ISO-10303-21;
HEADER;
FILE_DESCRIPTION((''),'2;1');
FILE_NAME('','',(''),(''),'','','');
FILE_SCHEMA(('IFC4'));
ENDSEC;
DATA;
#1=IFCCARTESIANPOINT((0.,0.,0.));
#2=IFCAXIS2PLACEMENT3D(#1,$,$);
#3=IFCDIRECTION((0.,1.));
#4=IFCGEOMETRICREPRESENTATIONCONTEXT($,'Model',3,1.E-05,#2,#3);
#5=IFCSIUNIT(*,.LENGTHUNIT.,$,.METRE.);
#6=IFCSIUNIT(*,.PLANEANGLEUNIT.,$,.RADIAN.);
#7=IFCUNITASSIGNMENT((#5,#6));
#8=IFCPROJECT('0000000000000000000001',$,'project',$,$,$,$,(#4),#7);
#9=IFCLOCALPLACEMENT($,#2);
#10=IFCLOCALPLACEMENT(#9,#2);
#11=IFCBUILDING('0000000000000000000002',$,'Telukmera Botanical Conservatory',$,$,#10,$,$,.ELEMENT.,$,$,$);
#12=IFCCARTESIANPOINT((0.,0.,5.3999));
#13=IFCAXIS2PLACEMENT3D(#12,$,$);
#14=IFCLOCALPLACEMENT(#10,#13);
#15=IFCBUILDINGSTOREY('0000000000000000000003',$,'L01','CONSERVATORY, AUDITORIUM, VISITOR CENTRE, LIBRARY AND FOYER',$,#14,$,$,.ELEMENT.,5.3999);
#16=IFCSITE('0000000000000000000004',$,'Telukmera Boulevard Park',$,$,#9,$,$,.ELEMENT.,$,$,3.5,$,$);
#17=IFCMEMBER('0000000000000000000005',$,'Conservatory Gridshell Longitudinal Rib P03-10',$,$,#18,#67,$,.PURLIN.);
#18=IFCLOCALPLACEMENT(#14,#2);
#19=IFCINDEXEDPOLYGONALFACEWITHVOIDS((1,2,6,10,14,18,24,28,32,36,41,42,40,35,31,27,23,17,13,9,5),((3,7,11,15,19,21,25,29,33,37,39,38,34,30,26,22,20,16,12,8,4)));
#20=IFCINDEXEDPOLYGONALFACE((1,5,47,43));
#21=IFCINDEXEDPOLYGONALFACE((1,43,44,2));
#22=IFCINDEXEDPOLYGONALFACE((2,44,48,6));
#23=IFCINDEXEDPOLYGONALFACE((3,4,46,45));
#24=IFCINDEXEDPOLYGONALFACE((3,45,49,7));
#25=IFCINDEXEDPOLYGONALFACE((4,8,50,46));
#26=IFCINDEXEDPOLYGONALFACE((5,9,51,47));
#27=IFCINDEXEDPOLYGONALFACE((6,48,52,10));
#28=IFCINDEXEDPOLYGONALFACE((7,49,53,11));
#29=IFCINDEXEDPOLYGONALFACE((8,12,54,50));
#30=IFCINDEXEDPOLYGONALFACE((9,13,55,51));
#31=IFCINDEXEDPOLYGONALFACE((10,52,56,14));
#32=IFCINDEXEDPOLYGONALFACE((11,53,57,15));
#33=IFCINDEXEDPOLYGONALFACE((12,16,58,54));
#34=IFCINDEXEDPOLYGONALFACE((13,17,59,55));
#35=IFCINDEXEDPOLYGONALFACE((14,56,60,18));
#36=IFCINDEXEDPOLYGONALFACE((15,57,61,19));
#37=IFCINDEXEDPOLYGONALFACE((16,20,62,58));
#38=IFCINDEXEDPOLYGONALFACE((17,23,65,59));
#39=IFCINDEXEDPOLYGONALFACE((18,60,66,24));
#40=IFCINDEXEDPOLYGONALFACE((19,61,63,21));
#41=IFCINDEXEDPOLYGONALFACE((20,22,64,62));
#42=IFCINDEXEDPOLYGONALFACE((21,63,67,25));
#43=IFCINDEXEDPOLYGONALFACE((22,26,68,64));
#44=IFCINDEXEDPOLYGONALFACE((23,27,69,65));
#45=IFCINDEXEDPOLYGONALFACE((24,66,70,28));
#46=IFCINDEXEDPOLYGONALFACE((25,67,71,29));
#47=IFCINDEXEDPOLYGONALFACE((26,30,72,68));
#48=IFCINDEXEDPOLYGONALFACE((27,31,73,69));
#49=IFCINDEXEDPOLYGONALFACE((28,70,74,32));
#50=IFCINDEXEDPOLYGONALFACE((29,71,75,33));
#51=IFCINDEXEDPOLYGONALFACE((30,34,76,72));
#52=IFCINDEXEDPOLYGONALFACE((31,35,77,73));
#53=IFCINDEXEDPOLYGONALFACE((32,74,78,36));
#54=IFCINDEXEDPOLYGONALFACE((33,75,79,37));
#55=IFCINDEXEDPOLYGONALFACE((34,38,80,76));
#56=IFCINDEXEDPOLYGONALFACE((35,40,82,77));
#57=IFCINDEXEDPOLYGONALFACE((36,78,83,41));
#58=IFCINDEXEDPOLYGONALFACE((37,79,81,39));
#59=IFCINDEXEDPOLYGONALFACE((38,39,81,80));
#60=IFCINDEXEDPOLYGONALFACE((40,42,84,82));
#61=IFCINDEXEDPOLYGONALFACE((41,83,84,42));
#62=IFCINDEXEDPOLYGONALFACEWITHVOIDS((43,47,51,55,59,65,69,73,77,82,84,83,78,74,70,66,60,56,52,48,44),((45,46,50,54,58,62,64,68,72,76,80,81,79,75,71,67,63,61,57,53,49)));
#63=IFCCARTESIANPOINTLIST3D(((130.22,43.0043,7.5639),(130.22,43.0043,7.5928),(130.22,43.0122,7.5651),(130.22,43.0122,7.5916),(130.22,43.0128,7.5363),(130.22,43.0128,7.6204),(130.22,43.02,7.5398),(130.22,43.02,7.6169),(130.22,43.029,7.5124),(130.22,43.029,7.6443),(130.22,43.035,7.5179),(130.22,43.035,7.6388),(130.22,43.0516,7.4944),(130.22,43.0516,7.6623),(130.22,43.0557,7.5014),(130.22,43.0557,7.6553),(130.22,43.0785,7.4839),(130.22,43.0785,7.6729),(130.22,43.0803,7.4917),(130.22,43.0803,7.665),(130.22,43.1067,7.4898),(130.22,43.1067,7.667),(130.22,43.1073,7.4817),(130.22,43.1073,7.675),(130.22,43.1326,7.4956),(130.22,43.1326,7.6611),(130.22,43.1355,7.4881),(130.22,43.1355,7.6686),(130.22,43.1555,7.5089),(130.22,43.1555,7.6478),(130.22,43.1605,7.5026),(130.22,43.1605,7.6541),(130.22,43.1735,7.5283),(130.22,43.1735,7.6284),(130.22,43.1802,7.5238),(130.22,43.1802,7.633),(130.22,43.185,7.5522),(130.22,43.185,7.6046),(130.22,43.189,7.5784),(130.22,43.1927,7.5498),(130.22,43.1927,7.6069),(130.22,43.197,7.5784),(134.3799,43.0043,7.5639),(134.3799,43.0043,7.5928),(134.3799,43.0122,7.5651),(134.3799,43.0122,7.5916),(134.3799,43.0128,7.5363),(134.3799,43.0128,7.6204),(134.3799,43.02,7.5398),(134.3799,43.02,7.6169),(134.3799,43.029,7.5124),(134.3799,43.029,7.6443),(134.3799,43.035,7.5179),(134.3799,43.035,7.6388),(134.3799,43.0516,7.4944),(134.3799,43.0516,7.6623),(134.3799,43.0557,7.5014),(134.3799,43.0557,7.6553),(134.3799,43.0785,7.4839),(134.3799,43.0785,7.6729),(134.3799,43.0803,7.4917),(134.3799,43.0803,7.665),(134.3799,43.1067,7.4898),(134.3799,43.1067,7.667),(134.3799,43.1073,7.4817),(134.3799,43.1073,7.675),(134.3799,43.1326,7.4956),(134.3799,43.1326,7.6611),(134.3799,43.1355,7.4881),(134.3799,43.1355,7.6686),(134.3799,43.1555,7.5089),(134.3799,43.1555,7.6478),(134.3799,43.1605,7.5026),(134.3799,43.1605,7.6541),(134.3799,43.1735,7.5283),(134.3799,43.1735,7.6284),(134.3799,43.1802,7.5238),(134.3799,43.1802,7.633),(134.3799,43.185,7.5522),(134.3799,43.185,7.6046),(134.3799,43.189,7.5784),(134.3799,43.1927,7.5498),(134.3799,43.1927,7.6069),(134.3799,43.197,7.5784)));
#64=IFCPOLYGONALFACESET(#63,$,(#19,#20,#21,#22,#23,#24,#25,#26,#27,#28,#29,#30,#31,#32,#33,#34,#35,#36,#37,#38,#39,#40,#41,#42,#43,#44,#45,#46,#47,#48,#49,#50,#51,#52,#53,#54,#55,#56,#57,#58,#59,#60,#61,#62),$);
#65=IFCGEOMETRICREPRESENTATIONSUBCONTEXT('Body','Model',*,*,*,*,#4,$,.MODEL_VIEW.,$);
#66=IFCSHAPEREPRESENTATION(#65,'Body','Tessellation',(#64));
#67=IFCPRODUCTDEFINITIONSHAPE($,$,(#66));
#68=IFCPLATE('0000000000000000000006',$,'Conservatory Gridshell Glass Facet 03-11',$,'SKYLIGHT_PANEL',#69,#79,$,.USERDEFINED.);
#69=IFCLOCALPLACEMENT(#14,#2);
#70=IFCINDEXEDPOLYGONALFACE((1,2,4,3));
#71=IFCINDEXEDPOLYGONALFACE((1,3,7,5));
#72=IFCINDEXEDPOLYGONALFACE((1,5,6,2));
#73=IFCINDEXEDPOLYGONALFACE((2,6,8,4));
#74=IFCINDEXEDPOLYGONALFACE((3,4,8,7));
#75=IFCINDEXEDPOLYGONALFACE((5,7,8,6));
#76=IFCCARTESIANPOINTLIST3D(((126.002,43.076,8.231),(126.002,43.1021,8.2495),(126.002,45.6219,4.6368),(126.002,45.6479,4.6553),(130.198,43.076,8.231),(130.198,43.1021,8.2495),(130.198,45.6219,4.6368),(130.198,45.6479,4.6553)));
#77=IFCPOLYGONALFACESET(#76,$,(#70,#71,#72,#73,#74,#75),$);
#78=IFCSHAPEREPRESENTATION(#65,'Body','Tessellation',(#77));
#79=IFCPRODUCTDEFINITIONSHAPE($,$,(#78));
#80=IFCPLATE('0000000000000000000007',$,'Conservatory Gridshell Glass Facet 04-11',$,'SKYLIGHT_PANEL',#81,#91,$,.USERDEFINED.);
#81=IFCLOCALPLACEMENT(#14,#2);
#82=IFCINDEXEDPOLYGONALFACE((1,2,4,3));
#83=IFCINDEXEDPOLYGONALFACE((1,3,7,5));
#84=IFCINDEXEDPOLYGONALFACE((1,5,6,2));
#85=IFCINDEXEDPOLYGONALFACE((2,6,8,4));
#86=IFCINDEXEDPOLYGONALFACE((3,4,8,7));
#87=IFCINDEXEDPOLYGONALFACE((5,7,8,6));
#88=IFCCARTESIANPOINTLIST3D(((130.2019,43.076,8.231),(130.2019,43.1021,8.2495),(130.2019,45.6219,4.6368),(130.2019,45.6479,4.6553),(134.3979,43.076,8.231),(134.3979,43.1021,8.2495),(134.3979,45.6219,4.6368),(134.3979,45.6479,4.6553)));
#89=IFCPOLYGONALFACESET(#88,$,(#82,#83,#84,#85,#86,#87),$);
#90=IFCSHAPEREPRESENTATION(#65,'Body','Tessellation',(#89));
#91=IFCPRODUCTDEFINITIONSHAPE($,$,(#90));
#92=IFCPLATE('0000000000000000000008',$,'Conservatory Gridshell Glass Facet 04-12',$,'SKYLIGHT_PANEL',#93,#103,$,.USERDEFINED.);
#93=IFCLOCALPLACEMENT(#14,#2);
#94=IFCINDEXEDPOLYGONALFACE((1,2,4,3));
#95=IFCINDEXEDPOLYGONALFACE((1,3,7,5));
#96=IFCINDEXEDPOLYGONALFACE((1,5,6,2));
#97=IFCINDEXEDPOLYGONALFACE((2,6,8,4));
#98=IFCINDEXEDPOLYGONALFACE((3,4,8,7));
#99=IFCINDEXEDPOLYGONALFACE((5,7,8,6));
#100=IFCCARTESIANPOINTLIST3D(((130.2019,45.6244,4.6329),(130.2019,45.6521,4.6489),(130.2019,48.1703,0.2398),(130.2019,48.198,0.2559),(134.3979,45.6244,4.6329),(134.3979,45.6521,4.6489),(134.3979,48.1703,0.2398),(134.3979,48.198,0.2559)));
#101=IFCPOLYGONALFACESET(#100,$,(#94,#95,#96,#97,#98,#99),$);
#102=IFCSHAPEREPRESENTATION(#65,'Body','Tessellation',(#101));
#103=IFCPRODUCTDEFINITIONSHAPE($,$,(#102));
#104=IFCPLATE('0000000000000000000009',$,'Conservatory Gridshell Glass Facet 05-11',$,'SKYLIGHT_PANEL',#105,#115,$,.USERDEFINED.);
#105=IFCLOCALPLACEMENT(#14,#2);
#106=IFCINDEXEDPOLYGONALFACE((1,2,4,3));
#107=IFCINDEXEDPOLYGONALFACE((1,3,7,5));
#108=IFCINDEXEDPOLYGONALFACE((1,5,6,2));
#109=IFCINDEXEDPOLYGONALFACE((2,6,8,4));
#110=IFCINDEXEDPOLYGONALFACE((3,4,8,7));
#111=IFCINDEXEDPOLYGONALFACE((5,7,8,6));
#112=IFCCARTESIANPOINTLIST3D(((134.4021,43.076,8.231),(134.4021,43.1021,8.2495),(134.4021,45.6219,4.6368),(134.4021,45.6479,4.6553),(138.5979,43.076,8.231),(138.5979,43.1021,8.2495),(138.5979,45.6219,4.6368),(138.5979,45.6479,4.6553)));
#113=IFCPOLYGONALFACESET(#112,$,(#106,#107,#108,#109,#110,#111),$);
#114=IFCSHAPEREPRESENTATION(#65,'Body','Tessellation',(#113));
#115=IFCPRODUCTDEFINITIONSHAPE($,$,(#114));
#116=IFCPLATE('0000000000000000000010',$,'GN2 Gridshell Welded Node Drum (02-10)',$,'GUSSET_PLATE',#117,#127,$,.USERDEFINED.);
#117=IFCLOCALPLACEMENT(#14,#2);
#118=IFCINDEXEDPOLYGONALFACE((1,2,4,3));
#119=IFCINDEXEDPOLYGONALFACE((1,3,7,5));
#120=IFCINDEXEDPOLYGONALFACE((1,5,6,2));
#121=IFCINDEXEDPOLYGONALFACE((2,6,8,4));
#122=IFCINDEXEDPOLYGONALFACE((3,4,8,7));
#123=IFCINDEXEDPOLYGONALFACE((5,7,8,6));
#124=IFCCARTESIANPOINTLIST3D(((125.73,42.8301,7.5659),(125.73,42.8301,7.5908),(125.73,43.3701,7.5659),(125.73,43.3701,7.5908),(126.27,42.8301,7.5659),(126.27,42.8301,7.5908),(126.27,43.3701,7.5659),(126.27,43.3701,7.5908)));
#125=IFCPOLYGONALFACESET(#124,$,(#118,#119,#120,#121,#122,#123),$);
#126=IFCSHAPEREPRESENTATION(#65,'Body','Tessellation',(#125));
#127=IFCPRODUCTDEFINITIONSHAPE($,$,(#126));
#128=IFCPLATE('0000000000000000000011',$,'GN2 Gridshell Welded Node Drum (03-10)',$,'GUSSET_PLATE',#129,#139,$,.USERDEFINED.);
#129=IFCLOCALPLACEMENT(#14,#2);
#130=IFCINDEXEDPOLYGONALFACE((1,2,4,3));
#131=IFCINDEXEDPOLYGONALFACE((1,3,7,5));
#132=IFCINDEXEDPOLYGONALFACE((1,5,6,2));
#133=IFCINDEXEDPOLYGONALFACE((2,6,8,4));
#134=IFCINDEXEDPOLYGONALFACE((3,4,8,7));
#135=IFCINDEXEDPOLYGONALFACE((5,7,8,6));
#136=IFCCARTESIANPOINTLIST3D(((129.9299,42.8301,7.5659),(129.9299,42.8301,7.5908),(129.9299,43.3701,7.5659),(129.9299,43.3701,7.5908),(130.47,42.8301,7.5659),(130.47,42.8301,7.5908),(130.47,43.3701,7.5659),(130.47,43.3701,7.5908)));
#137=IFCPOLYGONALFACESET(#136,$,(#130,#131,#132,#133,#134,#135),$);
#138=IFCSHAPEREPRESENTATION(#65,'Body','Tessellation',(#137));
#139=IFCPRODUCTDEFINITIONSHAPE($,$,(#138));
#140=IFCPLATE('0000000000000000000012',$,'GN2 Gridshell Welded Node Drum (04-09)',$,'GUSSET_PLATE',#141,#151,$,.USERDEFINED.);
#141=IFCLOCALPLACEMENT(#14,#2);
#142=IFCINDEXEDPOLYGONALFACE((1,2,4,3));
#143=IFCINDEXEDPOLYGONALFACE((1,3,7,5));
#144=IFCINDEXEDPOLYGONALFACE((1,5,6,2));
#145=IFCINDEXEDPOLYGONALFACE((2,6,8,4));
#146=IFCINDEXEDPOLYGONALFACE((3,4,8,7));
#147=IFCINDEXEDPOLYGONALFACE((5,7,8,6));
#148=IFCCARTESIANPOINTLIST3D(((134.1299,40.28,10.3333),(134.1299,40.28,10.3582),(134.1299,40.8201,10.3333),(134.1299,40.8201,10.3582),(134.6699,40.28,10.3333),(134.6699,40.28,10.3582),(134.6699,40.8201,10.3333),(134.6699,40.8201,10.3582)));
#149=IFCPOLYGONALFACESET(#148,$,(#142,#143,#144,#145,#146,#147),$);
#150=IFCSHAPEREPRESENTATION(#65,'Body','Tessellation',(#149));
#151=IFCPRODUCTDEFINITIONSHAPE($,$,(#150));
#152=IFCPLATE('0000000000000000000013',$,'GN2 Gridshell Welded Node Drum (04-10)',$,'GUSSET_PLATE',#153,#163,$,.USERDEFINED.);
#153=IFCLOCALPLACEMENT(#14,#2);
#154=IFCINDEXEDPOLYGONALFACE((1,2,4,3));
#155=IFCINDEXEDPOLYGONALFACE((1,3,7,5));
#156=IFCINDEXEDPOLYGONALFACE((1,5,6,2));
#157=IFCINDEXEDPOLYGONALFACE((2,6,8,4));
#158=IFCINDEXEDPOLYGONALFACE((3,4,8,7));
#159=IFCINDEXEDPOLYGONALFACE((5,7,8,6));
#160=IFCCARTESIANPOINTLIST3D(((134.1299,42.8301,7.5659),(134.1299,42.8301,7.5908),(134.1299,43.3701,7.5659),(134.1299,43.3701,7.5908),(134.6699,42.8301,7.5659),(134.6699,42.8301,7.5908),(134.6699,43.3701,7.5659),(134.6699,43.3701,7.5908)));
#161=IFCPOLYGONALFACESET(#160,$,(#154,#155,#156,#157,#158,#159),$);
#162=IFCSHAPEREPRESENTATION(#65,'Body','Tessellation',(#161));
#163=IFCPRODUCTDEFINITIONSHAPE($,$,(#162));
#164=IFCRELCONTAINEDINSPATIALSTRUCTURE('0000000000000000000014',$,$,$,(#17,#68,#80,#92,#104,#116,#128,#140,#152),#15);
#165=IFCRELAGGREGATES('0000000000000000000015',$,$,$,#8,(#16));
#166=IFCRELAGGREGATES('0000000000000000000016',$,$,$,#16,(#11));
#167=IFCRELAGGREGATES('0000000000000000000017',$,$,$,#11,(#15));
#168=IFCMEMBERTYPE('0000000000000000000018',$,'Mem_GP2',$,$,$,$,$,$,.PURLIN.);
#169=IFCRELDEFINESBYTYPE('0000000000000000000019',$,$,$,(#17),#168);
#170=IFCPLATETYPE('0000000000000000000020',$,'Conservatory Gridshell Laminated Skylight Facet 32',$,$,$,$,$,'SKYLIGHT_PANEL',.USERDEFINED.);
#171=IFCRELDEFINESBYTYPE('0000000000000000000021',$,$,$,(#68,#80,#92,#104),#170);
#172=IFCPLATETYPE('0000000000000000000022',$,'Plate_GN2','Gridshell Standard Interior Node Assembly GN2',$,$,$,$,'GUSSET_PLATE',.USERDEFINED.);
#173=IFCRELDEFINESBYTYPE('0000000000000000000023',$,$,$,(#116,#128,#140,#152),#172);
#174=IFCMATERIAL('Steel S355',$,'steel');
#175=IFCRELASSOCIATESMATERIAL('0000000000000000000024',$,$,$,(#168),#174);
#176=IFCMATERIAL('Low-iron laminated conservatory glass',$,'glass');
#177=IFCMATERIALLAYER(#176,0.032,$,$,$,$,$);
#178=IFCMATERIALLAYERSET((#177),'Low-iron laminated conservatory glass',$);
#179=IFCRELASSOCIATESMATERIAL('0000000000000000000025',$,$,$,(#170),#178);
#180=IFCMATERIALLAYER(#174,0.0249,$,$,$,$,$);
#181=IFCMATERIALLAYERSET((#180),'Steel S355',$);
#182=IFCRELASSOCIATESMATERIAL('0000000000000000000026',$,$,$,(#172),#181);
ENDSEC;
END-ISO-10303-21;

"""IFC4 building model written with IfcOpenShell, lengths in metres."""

from ifc_helpers import new_model, si_unit, direction, frame, origin, origin_2d, place, context, subcontext, project, spatial, polyline, rectangle, hollow_circle, outline, extrude, material, layer, layer_set, material_profile, profile_set, type_object, element, save


model = new_model("IFC4")

# Units and contexts
model_context = context("Model", 3, precision=1e-05, world=origin(), true_north=direction((0.0, 1.0)))
body_context = subcontext(model_context, "Body", "Model", "MODEL_VIEW")
ifc_project = project(units=[si_unit("LENGTHUNIT", "METRE"), si_unit("PLANEANGLEUNIT", "RADIAN")], contexts=[model_context])

# Site, building, storey
site_placement = place(None, origin())
site = spatial("IfcSite", under=ifc_project, at=site_placement, Name="Telukmera Boulevard Park", CompositionType="ELEMENT", RefElevation=3.5)
building_placement = place(site_placement, origin())
building = spatial("IfcBuilding", under=site, at=building_placement, Name="Telukmera Botanical Conservatory", CompositionType="ELEMENT")
storey_placement = place(building_placement, frame((0.0, 0.0, 5.3999)))
storey = spatial("IfcBuildingStorey", under=building, at=storey_placement, Name="L01", Description="CONSERVATORY, AUDITORIUM, VISITOR CENTRE, LIBRARY AND FOYER", CompositionType="ELEMENT", Elevation=5.3999)

# Shared definitions
ifc_material_1 = material(Name="Steel S355", Category="steel")

# Member
ifc_material_profile_1 = material_profile(ifc_material_1, hollow_circle(Radius=0.0969, WallThickness=0.0081, at=origin_2d()), Name="CHS 193.7x8.0")
ifc_profile_set_1 = profile_set([ifc_material_profile_1], Name="Steel S355")
member_type_1 = type_object("IfcMemberType", Name="Mem_GP2", PredefinedType="PURLIN", material=ifc_profile_set_1)
for number, where, z_axis, x_axis, name in (
    (1, (130.22, 43.1001, 7.5784), (1.0, 0.0, 0.0), (0.0, 1.0, 0.0), "Conservatory Gridshell Longitudinal Rib P03-10"),
):
    element("IfcMember", number, at=place(storey_placement, frame(where, z_axis=z_axis, x_axis=x_axis)), inside=storey, type_object=member_type_1, Name=name, PredefinedType="PURLIN", context=body_context, shape_type="SweptSolid", body=[
        extrude(hollow_circle(Radius=0.0969, WallThickness=0.0081, at=origin_2d()), origin(), (0.0, 0.0, 1.0), 4.1599),
    ])

# Plates
ifc_material_2 = material(Name="Low-iron laminated conservatory glass", Category="glass")
ifc_layer_1 = layer(ifc_material_2, 0.032)
ifc_layer_set_1 = layer_set([ifc_layer_1], Name="Low-iron laminated conservatory glass")
plate_type_1 = type_object("IfcPlateType", Name="Conservatory Gridshell Laminated Skylight Facet 32", ElementType="SKYLIGHT_PANEL", PredefinedType="USERDEFINED", material=ifc_layer_set_1)
for number, where, z_axis, x_axis, name in (
    (2, (126.002, 43.1021, 8.2495), (0.0, 0.816027, 0.578014), (1.0, 0.0, 0.0), "Conservatory Gridshell Glass Facet 03-11"),
    (3, (130.2019, 43.1021, 8.2495), (0.0, 0.816027, 0.578014), (1.0, 0.0, 0.0), "Conservatory Gridshell Glass Facet 04-11"),
):
    element("IfcPlate", number, at=place(storey_placement, frame(where, z_axis=z_axis, x_axis=x_axis)), inside=storey, type_object=plate_type_1, Name=name, ObjectType="SKYLIGHT_PANEL", PredefinedType="USERDEFINED", context=body_context, shape_type="SweptSolid", body=[
        extrude(outline(polyline([(0.0, 0.0), (4.196, 0.0), (4.196, 4.4046), (0.0, 4.4046), (0.0, 0.0)])), origin(), (0.0, 0.0, -1.0), 0.032),
    ])
plate_1_placement = place(storey_placement, frame((130.2019, 45.6521, 4.6489), z_axis=(0.0, 0.865209, 0.501412), x_axis=(1.0, 0.0, 0.0)))
element("IfcPlate", 4, at=plate_1_placement, inside=storey, type_object=plate_type_1, Name="Conservatory Gridshell Glass Facet 04-12", ObjectType="SKYLIGHT_PANEL", PredefinedType="USERDEFINED", context=body_context, shape_type="SweptSolid", body=[
    extrude(outline(polyline([(0.0, 0.0), (4.196, 0.0), (4.196, 5.0775), (0.0, 5.0775), (0.0, 0.0)])), origin(), (0.0, 0.0, -1.0), 0.032),
])
plate_2_placement = place(storey_placement, frame((134.4021, 43.1021, 8.2495), z_axis=(0.0, 0.816027, 0.578014), x_axis=(1.0, 0.0, 0.0)))
element("IfcPlate", 5, at=plate_2_placement, inside=storey, type_object=plate_type_1, Name="Conservatory Gridshell Glass Facet 05-11", ObjectType="SKYLIGHT_PANEL", PredefinedType="USERDEFINED", context=body_context, shape_type="SweptSolid", body=[
    extrude(outline(polyline([(0.0, 0.0), (4.1958, 0.0), (4.1958, 4.4046), (0.0, 4.4046), (0.0, 0.0)])), origin(), (0.0, 0.0, -1.0), 0.032),
])
ifc_layer_2 = layer(ifc_material_1, 0.0249)
ifc_layer_set_2 = layer_set([ifc_layer_2], Name="Steel S355")
plate_type_2 = type_object("IfcPlateType", Name="Plate_GN2", Description="Gridshell Standard Interior Node Assembly GN2", ElementType="GUSSET_PLATE", PredefinedType="USERDEFINED", material=ifc_layer_set_2)
for number, where, z_axis, x_axis, name in (
    (6, (126.0, 43.1001, 7.5659), (0.0, 0.0, 1.0), (1.0, 0.0, 0.0), "GN2 Gridshell Welded Node Drum (02-10)"),
    (7, (130.2, 43.1001, 7.5659), (0.0, 0.0, 1.0), (1.0, 0.0, 0.0), "GN2 Gridshell Welded Node Drum (03-10)"),
    (8, (134.3999, 40.55, 10.3333), (0.0, 0.0, 1.0), (1.0, 0.0, 0.0), "GN2 Gridshell Welded Node Drum (04-09)"),
    (9, (134.3999, 43.1001, 7.5659), (0.0, 0.0, 1.0), (1.0, 0.0, 0.0), "GN2 Gridshell Welded Node Drum (04-10)"),
):
    element("IfcPlate", number, at=place(storey_placement, frame(where, z_axis=z_axis, x_axis=x_axis)), inside=storey, type_object=plate_type_2, Name=name, ObjectType="GUSSET_PLATE", PredefinedType="USERDEFINED", context=body_context, shape_type="SweptSolid", body=[
        extrude(rectangle(XDim=0.54, YDim=0.54, at=origin_2d()), origin(), (0.0, 0.0, 1.0), 0.0249),
    ])

save(model, "model.ifc")
